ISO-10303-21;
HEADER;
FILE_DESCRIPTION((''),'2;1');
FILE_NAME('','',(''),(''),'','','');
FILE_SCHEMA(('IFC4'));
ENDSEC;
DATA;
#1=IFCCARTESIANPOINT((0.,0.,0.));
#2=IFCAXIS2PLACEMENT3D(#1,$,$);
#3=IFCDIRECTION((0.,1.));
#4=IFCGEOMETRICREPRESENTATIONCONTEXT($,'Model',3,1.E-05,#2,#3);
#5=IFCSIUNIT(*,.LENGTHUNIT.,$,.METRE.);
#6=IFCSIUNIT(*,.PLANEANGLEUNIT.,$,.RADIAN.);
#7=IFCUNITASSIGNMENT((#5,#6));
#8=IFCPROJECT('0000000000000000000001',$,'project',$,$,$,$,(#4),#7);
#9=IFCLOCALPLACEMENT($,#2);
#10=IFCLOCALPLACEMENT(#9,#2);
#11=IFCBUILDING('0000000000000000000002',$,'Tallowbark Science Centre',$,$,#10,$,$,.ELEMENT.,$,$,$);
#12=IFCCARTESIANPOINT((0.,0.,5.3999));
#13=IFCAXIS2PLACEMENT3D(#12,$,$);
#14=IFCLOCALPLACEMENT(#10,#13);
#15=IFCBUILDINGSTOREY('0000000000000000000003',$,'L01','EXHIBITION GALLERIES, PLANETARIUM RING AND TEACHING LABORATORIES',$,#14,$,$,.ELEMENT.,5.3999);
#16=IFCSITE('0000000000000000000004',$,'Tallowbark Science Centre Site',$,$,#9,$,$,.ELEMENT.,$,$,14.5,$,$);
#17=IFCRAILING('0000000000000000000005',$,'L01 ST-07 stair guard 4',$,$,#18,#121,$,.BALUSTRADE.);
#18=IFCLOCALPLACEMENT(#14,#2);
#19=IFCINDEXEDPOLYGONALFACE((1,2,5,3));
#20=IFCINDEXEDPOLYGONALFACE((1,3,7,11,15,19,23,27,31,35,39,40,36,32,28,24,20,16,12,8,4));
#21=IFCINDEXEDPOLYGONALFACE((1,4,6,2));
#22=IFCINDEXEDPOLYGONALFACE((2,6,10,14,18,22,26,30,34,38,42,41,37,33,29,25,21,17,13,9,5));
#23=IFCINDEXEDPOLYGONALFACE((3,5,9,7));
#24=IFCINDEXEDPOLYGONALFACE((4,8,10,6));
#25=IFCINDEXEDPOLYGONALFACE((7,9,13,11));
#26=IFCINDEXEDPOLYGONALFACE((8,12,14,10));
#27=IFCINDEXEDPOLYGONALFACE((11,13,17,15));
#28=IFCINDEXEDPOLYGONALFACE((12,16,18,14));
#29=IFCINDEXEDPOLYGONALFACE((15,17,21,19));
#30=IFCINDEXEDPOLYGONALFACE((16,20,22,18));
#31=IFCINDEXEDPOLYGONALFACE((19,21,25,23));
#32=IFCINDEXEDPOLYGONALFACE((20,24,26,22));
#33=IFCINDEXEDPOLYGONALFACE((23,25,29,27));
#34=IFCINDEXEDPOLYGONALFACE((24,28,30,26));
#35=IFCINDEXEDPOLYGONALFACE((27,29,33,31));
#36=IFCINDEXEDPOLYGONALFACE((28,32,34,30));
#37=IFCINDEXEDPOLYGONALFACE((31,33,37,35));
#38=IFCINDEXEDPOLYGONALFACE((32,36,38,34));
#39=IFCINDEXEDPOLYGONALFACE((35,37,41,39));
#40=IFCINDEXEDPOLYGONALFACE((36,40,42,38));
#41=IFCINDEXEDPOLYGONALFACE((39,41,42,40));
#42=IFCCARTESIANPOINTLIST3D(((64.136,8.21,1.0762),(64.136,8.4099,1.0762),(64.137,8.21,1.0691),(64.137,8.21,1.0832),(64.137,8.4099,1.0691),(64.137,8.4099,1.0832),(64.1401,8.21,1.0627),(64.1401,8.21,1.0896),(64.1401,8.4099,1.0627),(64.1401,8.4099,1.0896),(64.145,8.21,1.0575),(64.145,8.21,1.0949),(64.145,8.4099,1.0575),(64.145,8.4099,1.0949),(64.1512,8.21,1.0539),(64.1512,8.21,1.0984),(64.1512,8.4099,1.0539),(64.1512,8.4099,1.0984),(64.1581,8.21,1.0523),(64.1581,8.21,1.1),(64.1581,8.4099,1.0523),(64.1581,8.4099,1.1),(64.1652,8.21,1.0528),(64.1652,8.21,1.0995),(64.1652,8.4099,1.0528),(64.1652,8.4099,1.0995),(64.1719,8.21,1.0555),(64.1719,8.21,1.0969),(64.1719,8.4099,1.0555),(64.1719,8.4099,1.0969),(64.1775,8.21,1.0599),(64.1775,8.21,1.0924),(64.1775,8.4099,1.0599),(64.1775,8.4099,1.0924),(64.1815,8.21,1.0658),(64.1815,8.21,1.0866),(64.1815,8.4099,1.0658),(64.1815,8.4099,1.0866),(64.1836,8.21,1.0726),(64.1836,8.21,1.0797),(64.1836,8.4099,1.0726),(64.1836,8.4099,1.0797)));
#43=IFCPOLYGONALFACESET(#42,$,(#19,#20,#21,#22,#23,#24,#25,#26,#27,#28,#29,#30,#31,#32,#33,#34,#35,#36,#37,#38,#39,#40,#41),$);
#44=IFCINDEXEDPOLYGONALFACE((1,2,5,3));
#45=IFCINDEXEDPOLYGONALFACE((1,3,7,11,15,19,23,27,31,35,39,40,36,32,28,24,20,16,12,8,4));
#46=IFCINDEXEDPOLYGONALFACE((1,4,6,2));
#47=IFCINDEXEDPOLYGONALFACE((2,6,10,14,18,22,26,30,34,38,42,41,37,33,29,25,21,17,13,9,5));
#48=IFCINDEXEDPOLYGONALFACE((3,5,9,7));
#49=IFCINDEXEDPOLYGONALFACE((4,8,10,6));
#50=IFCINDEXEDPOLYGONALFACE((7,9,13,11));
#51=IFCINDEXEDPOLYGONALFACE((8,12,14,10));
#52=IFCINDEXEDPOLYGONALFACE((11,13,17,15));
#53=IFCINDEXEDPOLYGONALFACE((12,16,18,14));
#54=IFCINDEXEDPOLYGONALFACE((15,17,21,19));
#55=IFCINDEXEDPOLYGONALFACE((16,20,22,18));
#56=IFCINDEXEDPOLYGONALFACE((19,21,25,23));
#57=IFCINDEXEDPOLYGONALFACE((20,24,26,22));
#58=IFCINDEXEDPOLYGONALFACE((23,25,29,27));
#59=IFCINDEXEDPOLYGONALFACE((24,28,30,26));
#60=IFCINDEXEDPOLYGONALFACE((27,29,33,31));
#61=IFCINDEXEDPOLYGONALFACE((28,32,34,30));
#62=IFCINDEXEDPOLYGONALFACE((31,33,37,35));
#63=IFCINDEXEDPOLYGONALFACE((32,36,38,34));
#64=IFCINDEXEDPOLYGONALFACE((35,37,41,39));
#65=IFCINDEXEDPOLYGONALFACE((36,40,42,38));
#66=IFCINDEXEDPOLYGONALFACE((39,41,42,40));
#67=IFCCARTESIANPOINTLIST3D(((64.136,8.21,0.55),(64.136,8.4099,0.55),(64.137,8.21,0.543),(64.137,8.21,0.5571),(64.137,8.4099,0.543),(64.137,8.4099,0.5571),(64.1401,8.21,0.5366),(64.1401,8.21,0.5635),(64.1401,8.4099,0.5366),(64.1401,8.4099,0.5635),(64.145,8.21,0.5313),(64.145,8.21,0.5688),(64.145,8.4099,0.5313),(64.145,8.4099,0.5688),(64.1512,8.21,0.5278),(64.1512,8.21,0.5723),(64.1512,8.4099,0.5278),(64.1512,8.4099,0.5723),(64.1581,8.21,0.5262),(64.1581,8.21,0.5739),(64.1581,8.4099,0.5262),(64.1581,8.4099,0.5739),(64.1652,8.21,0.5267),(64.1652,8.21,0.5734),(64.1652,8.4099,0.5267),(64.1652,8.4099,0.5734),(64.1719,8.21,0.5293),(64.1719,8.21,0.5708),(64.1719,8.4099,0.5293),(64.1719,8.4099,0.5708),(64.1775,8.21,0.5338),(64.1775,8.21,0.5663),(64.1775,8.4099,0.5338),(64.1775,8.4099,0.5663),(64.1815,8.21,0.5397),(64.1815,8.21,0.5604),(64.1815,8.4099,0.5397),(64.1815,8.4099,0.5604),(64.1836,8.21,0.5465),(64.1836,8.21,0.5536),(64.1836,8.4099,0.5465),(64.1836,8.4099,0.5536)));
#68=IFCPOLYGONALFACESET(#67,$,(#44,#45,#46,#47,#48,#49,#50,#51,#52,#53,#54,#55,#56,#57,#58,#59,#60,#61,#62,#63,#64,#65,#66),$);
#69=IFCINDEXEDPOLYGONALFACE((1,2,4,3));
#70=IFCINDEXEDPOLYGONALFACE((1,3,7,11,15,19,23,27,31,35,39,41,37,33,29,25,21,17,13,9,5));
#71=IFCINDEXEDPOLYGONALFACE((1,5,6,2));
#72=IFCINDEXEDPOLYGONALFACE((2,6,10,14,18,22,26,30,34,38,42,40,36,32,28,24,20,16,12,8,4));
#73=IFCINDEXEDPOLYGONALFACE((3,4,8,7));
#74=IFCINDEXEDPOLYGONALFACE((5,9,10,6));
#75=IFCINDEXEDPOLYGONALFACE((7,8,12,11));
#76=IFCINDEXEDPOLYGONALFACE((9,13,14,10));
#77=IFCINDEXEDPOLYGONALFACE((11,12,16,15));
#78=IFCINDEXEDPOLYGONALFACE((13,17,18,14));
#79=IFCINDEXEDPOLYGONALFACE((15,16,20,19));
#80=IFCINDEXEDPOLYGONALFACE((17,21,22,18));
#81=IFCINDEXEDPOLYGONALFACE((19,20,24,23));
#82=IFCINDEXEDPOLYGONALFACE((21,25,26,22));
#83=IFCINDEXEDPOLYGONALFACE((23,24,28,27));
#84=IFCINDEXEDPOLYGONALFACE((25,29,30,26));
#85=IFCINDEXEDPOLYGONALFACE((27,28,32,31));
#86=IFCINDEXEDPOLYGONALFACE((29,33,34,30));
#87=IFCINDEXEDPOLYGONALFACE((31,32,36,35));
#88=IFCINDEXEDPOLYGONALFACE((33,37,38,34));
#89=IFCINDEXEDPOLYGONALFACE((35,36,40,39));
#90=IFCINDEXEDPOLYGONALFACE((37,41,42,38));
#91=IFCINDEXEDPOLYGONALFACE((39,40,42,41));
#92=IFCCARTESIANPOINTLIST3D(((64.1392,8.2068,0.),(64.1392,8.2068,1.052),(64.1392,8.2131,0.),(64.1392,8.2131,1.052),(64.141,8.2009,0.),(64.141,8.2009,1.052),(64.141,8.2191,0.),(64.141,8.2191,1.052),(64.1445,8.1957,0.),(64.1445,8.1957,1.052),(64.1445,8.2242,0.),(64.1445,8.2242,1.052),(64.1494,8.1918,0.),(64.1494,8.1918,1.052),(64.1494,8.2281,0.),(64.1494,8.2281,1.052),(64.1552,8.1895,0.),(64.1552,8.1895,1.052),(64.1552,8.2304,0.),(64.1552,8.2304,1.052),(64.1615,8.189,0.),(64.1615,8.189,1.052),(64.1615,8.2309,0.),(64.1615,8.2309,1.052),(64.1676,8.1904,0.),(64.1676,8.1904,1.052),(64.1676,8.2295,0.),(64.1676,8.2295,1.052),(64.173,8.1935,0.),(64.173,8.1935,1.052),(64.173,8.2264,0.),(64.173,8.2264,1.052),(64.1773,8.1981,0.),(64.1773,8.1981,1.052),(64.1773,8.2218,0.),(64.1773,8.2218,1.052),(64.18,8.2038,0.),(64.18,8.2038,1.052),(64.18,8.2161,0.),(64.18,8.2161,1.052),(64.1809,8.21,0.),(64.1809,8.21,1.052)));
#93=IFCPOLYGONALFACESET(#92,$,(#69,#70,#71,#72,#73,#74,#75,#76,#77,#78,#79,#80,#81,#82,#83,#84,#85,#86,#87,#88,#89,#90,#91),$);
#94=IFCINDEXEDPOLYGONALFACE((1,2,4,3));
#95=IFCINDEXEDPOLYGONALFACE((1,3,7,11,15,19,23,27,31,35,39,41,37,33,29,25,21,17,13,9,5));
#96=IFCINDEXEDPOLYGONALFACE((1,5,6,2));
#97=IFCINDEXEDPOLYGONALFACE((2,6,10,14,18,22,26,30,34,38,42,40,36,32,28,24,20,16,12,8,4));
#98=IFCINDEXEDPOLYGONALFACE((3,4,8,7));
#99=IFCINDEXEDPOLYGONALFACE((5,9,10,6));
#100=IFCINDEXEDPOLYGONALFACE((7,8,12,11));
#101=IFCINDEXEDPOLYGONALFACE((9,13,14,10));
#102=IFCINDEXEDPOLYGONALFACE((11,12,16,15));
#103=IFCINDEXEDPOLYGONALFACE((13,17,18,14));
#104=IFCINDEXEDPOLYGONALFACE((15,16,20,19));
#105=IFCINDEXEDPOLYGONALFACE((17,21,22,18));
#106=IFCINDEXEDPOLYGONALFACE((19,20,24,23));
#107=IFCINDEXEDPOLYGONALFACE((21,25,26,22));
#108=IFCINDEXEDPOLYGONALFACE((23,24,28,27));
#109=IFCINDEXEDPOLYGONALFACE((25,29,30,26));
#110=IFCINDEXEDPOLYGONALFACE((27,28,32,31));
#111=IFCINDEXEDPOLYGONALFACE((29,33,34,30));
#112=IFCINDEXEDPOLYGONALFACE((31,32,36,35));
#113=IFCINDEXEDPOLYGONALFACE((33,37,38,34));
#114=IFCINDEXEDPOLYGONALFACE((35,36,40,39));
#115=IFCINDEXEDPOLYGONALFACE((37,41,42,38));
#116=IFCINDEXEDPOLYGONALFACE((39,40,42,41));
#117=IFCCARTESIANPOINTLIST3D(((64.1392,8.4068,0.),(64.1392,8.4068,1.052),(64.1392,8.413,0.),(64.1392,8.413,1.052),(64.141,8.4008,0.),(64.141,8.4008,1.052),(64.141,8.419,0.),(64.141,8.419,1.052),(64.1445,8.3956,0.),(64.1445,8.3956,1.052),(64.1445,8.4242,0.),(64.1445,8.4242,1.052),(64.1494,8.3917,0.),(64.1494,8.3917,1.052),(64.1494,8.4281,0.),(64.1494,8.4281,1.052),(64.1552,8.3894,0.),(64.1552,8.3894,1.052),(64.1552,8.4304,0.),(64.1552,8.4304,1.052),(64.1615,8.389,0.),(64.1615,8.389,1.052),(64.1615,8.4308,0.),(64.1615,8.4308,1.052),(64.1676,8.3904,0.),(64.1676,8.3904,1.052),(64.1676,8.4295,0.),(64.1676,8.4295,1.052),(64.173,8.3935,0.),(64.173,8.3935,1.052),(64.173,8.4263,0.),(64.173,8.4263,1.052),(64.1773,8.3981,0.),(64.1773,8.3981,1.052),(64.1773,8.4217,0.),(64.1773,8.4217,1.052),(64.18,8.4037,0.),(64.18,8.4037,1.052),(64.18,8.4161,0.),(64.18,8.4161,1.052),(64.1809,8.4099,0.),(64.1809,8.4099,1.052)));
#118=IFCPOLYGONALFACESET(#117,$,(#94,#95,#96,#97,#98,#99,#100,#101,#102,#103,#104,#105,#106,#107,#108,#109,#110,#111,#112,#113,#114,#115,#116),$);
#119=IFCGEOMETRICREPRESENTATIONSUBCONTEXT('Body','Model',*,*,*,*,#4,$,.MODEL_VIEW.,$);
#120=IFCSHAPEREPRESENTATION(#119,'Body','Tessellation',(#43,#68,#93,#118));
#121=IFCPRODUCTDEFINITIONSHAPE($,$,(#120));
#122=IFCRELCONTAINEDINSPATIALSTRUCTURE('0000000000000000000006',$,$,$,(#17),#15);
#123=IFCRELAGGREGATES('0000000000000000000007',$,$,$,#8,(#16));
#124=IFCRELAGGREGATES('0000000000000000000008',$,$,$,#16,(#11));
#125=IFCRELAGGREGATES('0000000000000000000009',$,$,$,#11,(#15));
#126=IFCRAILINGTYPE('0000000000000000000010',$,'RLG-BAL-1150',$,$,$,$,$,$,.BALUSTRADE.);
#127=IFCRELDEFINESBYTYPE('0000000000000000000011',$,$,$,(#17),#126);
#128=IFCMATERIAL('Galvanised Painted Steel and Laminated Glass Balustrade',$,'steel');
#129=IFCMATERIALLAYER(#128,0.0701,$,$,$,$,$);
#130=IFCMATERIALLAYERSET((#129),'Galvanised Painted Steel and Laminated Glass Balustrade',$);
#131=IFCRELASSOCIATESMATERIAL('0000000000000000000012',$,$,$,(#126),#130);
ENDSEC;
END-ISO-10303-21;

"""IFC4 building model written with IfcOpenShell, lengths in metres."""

from ifc_helpers import new_model, si_unit, direction, frame, origin, origin_2d, place, context, subcontext, project, spatial, circle, extrude, material, layer, layer_set, type_object, element, save


model = new_model("IFC4")

# Units and contexts
model_context = context("Model", 3, precision=1e-05, world=origin(), true_north=direction((0.0, 1.0)))
body_context = subcontext(model_context, "Body", "Model", "MODEL_VIEW")
ifc_project = project(units=[si_unit("LENGTHUNIT", "METRE"), si_unit("PLANEANGLEUNIT", "RADIAN")], contexts=[model_context])

# Site, building, storey
site_placement = place(None, origin())
site = spatial("IfcSite", under=ifc_project, at=site_placement, Name="Tallowbark Science Centre Site", CompositionType="ELEMENT", RefElevation=14.5)
building_placement = place(site_placement, origin())
building = spatial("IfcBuilding", under=site, at=building_placement, Name="Tallowbark Science Centre", CompositionType="ELEMENT")
storey_placement = place(building_placement, frame((0.0, 0.0, 5.3999)))
storey = spatial("IfcBuildingStorey", under=building, at=storey_placement, Name="L01", Description="EXHIBITION GALLERIES, PLANETARIUM RING AND TEACHING LABORATORIES", CompositionType="ELEMENT", Elevation=5.3999)

# Railing
ifc_material_1 = material(Name="Galvanised Painted Steel and Laminated Glass Balustrade", Category="steel")
ifc_layer_1 = layer(ifc_material_1, 0.0701)
ifc_layer_set_1 = layer_set([ifc_layer_1], Name="Galvanised Painted Steel and Laminated Glass Balustrade")
railing_type_1 = type_object("IfcRailingType", Name="RLG-BAL-1150", PredefinedType="BALUSTRADE", material=ifc_layer_set_1)
railing_1_placement = place(storey_placement, frame((64.1599, 8.21, 0.0)))
element("IfcRailing", 1, at=railing_1_placement, inside=storey, type_object=railing_type_1, Name="L01 ST-07 stair guard 4", PredefinedType="BALUSTRADE", context=body_context, shape_type="SweptSolid", body=[
    extrude(circle(Radius=0.0239, at=origin_2d()), frame((0.0, 0.0, 1.0762), z_axis=(0.0, 1.0, 0.0), x_axis=(-1.0, 0.0, 0.0)), (0.0, 0.0, 1.0), 0.2),
    extrude(circle(Radius=0.0239, at=origin_2d()), frame((0.0, 0.0, 0.55), z_axis=(0.0, 1.0, 0.0), x_axis=(-1.0, 0.0, 0.0)), (0.0, 0.0, 1.0), 0.2),
    extrude(circle(Radius=0.021, at=origin_2d()), origin(), (0.0, 0.0, 1.0), 1.052),
    extrude(circle(Radius=0.021, at=origin_2d()), frame((0.0, 0.2, 0.0)), (0.0, 0.0, 1.0), 1.052),
])

save(model, "model.ifc")
